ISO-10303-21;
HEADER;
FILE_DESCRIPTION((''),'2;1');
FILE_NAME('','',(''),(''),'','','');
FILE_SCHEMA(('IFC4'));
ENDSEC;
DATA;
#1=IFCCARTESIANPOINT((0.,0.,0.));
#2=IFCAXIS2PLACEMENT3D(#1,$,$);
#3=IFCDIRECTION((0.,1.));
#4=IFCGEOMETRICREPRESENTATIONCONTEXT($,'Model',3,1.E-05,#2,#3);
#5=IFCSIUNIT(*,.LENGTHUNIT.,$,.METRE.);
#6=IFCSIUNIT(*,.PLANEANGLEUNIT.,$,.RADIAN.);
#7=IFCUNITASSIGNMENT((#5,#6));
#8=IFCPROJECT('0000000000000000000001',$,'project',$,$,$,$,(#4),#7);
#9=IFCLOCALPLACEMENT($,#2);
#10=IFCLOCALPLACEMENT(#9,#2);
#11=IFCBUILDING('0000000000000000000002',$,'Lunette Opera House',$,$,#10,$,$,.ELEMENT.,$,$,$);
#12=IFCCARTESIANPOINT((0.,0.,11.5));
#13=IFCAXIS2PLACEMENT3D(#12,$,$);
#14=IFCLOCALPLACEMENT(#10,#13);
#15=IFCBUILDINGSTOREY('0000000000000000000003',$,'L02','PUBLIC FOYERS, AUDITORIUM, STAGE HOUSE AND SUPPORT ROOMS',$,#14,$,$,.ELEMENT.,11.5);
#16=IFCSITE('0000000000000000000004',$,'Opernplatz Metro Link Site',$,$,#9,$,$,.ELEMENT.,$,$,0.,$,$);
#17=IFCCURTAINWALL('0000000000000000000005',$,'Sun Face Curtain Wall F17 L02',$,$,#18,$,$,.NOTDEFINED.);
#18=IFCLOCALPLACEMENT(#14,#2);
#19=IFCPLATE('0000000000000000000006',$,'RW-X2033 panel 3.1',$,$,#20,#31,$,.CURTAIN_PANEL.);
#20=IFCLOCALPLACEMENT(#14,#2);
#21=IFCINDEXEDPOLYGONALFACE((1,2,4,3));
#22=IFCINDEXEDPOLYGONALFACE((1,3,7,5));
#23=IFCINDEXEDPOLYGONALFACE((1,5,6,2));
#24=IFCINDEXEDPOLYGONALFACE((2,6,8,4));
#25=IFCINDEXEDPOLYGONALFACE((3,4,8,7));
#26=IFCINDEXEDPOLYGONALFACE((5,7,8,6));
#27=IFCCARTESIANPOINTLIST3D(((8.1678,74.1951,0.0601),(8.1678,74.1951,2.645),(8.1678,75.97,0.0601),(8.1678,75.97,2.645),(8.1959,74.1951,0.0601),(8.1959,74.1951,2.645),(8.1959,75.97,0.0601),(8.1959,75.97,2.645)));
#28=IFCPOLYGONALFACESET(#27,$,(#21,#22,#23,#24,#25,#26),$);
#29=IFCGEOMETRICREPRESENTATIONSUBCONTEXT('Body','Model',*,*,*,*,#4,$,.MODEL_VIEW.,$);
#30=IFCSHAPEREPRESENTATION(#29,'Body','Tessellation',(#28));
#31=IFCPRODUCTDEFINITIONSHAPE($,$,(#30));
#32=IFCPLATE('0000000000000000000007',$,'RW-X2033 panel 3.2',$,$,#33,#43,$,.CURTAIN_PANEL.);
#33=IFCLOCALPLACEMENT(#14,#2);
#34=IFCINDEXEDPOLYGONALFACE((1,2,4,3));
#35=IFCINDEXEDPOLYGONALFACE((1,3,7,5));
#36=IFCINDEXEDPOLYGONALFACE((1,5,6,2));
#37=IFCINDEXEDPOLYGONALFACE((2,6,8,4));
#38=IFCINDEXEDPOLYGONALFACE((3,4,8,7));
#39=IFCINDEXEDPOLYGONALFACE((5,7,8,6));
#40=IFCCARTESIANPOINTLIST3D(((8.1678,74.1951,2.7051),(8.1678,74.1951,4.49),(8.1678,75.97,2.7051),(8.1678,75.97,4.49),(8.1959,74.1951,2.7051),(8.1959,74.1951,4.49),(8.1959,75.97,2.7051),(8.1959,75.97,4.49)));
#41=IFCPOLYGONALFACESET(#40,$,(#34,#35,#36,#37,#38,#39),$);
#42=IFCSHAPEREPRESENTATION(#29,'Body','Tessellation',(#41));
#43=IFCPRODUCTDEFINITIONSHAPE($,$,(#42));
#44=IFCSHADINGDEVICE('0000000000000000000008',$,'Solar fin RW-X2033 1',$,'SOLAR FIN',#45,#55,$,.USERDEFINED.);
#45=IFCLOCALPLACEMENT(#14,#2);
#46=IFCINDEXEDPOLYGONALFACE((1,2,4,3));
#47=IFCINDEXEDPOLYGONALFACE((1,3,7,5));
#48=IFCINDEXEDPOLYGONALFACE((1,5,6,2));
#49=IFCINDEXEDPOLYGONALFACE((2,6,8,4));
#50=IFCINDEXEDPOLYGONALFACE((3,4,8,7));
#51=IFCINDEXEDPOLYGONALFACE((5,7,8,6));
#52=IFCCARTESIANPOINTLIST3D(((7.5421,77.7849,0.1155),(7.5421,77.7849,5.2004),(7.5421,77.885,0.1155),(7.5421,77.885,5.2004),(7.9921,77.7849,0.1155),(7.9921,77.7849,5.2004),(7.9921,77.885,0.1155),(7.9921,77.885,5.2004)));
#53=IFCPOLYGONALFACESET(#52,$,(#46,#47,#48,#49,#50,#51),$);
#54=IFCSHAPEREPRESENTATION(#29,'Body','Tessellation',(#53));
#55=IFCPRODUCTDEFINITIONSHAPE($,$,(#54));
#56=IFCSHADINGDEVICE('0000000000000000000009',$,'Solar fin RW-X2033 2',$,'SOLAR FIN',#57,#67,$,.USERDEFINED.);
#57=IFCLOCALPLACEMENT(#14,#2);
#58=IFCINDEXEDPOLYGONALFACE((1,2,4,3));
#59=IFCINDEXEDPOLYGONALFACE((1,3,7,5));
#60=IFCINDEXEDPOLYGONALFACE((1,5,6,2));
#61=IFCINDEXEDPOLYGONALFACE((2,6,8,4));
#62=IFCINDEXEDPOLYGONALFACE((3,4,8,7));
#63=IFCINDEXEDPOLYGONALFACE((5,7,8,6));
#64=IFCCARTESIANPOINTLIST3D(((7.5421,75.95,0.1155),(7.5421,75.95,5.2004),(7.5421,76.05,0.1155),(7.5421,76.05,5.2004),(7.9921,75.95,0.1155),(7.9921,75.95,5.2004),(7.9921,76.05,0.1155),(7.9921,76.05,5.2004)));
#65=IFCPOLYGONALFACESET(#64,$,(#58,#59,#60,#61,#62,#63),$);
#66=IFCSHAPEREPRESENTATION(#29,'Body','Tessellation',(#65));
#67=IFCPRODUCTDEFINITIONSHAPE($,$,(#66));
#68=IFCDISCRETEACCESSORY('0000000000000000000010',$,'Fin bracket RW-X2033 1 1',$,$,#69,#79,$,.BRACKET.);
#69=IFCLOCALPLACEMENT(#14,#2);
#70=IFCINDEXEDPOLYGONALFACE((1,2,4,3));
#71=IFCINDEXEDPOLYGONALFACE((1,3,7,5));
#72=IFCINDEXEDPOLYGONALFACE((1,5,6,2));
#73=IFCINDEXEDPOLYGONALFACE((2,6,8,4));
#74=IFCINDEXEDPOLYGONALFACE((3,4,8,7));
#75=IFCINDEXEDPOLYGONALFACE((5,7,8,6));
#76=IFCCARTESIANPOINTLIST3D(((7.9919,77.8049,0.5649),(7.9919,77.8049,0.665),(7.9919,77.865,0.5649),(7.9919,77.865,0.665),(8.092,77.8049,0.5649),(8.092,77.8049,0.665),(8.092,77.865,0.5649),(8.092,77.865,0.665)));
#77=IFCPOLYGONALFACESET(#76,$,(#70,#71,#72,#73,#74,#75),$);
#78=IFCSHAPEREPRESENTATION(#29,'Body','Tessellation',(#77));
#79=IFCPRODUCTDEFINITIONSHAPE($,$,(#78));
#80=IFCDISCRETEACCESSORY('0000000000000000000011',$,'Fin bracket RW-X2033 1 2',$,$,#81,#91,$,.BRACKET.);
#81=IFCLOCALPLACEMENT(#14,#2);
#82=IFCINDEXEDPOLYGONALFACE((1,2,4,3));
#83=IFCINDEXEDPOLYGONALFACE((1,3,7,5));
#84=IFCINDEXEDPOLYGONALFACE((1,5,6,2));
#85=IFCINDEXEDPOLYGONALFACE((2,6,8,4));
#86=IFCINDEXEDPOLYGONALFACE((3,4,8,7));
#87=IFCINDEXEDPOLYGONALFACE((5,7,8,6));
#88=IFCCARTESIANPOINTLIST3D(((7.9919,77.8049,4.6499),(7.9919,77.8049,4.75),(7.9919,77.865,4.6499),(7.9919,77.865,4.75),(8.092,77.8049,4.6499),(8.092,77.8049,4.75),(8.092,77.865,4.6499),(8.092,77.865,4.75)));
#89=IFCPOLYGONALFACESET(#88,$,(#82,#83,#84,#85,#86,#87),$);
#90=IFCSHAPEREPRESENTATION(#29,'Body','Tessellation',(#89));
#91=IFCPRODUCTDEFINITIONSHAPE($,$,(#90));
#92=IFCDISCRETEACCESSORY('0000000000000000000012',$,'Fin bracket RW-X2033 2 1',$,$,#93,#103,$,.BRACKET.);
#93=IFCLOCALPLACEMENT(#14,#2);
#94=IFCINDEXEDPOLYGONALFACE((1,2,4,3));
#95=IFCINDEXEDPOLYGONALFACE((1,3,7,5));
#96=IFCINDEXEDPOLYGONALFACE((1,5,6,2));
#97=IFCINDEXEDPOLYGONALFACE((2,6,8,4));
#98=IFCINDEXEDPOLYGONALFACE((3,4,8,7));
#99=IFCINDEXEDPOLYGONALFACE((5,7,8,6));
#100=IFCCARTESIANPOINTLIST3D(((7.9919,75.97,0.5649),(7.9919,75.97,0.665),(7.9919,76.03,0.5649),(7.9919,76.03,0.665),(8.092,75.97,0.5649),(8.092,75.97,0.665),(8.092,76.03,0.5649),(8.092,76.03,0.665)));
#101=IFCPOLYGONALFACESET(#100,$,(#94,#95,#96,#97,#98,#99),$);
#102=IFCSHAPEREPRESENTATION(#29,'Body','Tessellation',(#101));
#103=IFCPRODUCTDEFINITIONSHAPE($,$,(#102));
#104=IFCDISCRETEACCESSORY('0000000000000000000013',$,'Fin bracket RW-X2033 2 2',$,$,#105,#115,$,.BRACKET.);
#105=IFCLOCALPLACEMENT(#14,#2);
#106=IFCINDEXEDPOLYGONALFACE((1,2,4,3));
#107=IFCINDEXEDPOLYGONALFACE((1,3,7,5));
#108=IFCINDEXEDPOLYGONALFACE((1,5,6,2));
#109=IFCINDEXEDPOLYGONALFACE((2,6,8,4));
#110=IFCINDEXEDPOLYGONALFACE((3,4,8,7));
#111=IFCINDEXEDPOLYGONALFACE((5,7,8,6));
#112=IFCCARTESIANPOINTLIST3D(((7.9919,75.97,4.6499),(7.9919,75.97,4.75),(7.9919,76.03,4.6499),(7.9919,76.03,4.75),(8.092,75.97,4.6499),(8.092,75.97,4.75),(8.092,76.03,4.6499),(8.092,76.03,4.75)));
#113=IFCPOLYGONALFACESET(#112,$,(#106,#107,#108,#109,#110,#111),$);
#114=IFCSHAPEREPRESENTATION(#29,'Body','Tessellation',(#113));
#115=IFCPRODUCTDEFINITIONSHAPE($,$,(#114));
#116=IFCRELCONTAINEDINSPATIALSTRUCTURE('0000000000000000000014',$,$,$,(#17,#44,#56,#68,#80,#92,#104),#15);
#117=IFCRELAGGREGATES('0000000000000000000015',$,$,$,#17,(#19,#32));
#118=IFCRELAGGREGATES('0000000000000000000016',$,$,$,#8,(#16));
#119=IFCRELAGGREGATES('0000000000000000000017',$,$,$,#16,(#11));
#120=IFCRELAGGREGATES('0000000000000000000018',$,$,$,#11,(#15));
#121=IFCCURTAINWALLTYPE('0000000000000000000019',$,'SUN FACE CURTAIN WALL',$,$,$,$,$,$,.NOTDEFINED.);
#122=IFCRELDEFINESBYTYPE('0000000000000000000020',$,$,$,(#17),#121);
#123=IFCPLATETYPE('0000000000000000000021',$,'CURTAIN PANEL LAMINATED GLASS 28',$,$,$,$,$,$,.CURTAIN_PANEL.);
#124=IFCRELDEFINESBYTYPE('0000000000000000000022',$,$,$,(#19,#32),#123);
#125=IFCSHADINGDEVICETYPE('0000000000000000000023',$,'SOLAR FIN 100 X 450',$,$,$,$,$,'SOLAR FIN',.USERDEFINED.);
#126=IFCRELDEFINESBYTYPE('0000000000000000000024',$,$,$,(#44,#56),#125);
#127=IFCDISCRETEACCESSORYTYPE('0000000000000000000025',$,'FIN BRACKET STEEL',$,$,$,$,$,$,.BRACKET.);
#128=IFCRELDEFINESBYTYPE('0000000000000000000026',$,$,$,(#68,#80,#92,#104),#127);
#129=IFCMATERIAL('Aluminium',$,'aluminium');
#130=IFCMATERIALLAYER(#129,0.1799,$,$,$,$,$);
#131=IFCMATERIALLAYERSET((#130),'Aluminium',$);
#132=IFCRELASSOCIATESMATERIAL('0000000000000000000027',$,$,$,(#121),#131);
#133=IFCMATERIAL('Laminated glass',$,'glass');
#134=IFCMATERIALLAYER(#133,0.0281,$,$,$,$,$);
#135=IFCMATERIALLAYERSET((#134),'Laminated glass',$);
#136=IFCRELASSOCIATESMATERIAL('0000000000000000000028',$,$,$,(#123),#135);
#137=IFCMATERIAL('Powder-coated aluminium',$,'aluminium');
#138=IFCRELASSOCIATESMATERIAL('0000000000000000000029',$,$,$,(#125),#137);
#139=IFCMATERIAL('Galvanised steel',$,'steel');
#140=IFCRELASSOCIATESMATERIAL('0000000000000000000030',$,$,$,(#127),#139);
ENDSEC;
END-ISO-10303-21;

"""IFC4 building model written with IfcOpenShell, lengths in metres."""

from ifc_helpers import new_model, si_unit, direction, frame, origin, origin_2d, place, context, subcontext, project, spatial, rectangle, extrude, material, layer, layer_set, type_object, element, aggregate, save


model = new_model("IFC4")

# Units and contexts
model_context = context("Model", 3, precision=1e-05, world=origin(), true_north=direction((0.0, 1.0)))
body_context = subcontext(model_context, "Body", "Model", "MODEL_VIEW")
ifc_project = project(units=[si_unit("LENGTHUNIT", "METRE"), si_unit("PLANEANGLEUNIT", "RADIAN")], contexts=[model_context])

# Site, building, storey
site_placement = place(None, origin())
site = spatial("IfcSite", under=ifc_project, at=site_placement, Name="Opernplatz Metro Link Site", CompositionType="ELEMENT", RefElevation=0.0)
building_placement = place(site_placement, origin())
building = spatial("IfcBuilding", under=site, at=building_placement, Name="Lunette Opera House", CompositionType="ELEMENT")
storey_placement = place(building_placement, frame((0.0, 0.0, 11.5)))
storey = spatial("IfcBuildingStorey", under=building, at=storey_placement, Name="L02", Description="PUBLIC FOYERS, AUDITORIUM, STAGE HOUSE AND SUPPORT ROOMS", CompositionType="ELEMENT", Elevation=11.5)

# Curtain wall, plates
ifc_material_1 = material(Name="Aluminium", Category="aluminium")
ifc_layer_1 = layer(ifc_material_1, 0.1799)
ifc_layer_set_1 = layer_set([ifc_layer_1], Name="Aluminium")
curtain_wall_type = type_object("IfcCurtainWallType", Name="SUN FACE CURTAIN WALL", PredefinedType="NOTDEFINED", material=ifc_layer_set_1)
curtain_wall_placement = place(storey_placement, origin())
curtain_wall = element("IfcCurtainWall", 1, at=curtain_wall_placement, inside=storey, type_object=curtain_wall_type, Name="Sun Face Curtain Wall F17 L02", PredefinedType="NOTDEFINED")
ifc_material_2 = material(Name="Laminated glass", Category="glass")
ifc_layer_2 = layer(ifc_material_2, 0.0281)
ifc_layer_set_2 = layer_set([ifc_layer_2], Name="Laminated glass")
plate_type = type_object("IfcPlateType", Name="CURTAIN PANEL LAMINATED GLASS 28", PredefinedType="CURTAIN_PANEL", material=ifc_layer_set_2)
plate_1_placement = place(storey_placement, frame((8.1819, 75.0825, 0.0601), z_axis=(0.0, 0.0, 1.0), x_axis=(0.0, -1.0, 0.0)))
plate_1 = element("IfcPlate", 2, at=plate_1_placement, type_object=plate_type, Name="RW-X2033 panel 3.1", PredefinedType="CURTAIN_PANEL", context=body_context, shape_type="SweptSolid", body=[
    extrude(rectangle(XDim=1.7749, YDim=0.0281, at=origin_2d()), origin(), (0.0, 0.0, 1.0), 2.585),
])
plate_2_placement = place(storey_placement, frame((8.1819, 75.0825, 2.7051), z_axis=(0.0, 0.0, 1.0), x_axis=(0.0, -1.0, 0.0)))
plate_2 = element("IfcPlate", 3, at=plate_2_placement, type_object=plate_type, Name="RW-X2033 panel 3.2", PredefinedType="CURTAIN_PANEL", context=body_context, shape_type="SweptSolid", body=[
    extrude(rectangle(XDim=1.7749, YDim=0.0281, at=origin_2d()), origin(), (0.0, 0.0, 1.0), 1.7849),
])
aggregate(curtain_wall, [plate_1, plate_2])

# Shading devices
ifc_material_3 = material(Name="Powder-coated aluminium", Category="aluminium")
shading_device_type = type_object("IfcShadingDeviceType", Name="SOLAR FIN 100 X 450", ElementType="SOLAR FIN", PredefinedType="USERDEFINED", material=ifc_material_3)
for number, where, z_axis, x_axis, name in (
    (4, (7.7671, 77.835, 0.1155), (0.0, 0.0, 1.0), (-1.0, 0.0, 0.0), "Solar fin RW-X2033 1"),
    (5, (7.7671, 76.0, 0.1155), (0.0, 0.0, 1.0), (-1.0, 0.0, 0.0), "Solar fin RW-X2033 2"),
):
    element("IfcShadingDevice", number, at=place(storey_placement, frame(where, z_axis=z_axis, x_axis=x_axis)), inside=storey, type_object=shading_device_type, Name=name, ObjectType="SOLAR FIN", PredefinedType="USERDEFINED", context=body_context, shape_type="SweptSolid", body=[
        extrude(rectangle(XDim=0.45, YDim=0.1001, at=origin_2d()), origin(), (0.0, 0.0, 1.0), 5.085),
    ])

# Discrete accessories
ifc_material_4 = material(Name="Galvanised steel", Category="steel")
discrete_accessory_type = type_object("IfcDiscreteAccessoryType", Name="FIN BRACKET STEEL", PredefinedType="BRACKET", material=ifc_material_4)
for number, where, z_axis, x_axis, name in (
    (6, (8.042, 77.835, 0.5649), (0.0, 0.0, 1.0), (-1.0, 0.0, 0.0), "Fin bracket RW-X2033 1 1"),
    (7, (8.042, 77.835, 4.6499), (0.0, 0.0, 1.0), (-1.0, 0.0, 0.0), "Fin bracket RW-X2033 1 2"),
    (8, (8.042, 76.0, 0.5649), (0.0, 0.0, 1.0), (-1.0, 0.0, 0.0), "Fin bracket RW-X2033 2 1"),
    (9, (8.042, 76.0, 4.6499), (0.0, 0.0, 1.0), (-1.0, 0.0, 0.0), "Fin bracket RW-X2033 2 2"),
):
    element("IfcDiscreteAccessory", number, at=place(storey_placement, frame(where, z_axis=z_axis, x_axis=x_axis)), inside=storey, type_object=discrete_accessory_type, Name=name, PredefinedType="BRACKET", context=body_context, shape_type="SweptSolid", body=[
        extrude(rectangle(XDim=0.1001, YDim=0.0601, at=origin_2d()), origin(), (0.0, 0.0, 1.0), 0.1001),
    ])

save(model, "model.ifc")
